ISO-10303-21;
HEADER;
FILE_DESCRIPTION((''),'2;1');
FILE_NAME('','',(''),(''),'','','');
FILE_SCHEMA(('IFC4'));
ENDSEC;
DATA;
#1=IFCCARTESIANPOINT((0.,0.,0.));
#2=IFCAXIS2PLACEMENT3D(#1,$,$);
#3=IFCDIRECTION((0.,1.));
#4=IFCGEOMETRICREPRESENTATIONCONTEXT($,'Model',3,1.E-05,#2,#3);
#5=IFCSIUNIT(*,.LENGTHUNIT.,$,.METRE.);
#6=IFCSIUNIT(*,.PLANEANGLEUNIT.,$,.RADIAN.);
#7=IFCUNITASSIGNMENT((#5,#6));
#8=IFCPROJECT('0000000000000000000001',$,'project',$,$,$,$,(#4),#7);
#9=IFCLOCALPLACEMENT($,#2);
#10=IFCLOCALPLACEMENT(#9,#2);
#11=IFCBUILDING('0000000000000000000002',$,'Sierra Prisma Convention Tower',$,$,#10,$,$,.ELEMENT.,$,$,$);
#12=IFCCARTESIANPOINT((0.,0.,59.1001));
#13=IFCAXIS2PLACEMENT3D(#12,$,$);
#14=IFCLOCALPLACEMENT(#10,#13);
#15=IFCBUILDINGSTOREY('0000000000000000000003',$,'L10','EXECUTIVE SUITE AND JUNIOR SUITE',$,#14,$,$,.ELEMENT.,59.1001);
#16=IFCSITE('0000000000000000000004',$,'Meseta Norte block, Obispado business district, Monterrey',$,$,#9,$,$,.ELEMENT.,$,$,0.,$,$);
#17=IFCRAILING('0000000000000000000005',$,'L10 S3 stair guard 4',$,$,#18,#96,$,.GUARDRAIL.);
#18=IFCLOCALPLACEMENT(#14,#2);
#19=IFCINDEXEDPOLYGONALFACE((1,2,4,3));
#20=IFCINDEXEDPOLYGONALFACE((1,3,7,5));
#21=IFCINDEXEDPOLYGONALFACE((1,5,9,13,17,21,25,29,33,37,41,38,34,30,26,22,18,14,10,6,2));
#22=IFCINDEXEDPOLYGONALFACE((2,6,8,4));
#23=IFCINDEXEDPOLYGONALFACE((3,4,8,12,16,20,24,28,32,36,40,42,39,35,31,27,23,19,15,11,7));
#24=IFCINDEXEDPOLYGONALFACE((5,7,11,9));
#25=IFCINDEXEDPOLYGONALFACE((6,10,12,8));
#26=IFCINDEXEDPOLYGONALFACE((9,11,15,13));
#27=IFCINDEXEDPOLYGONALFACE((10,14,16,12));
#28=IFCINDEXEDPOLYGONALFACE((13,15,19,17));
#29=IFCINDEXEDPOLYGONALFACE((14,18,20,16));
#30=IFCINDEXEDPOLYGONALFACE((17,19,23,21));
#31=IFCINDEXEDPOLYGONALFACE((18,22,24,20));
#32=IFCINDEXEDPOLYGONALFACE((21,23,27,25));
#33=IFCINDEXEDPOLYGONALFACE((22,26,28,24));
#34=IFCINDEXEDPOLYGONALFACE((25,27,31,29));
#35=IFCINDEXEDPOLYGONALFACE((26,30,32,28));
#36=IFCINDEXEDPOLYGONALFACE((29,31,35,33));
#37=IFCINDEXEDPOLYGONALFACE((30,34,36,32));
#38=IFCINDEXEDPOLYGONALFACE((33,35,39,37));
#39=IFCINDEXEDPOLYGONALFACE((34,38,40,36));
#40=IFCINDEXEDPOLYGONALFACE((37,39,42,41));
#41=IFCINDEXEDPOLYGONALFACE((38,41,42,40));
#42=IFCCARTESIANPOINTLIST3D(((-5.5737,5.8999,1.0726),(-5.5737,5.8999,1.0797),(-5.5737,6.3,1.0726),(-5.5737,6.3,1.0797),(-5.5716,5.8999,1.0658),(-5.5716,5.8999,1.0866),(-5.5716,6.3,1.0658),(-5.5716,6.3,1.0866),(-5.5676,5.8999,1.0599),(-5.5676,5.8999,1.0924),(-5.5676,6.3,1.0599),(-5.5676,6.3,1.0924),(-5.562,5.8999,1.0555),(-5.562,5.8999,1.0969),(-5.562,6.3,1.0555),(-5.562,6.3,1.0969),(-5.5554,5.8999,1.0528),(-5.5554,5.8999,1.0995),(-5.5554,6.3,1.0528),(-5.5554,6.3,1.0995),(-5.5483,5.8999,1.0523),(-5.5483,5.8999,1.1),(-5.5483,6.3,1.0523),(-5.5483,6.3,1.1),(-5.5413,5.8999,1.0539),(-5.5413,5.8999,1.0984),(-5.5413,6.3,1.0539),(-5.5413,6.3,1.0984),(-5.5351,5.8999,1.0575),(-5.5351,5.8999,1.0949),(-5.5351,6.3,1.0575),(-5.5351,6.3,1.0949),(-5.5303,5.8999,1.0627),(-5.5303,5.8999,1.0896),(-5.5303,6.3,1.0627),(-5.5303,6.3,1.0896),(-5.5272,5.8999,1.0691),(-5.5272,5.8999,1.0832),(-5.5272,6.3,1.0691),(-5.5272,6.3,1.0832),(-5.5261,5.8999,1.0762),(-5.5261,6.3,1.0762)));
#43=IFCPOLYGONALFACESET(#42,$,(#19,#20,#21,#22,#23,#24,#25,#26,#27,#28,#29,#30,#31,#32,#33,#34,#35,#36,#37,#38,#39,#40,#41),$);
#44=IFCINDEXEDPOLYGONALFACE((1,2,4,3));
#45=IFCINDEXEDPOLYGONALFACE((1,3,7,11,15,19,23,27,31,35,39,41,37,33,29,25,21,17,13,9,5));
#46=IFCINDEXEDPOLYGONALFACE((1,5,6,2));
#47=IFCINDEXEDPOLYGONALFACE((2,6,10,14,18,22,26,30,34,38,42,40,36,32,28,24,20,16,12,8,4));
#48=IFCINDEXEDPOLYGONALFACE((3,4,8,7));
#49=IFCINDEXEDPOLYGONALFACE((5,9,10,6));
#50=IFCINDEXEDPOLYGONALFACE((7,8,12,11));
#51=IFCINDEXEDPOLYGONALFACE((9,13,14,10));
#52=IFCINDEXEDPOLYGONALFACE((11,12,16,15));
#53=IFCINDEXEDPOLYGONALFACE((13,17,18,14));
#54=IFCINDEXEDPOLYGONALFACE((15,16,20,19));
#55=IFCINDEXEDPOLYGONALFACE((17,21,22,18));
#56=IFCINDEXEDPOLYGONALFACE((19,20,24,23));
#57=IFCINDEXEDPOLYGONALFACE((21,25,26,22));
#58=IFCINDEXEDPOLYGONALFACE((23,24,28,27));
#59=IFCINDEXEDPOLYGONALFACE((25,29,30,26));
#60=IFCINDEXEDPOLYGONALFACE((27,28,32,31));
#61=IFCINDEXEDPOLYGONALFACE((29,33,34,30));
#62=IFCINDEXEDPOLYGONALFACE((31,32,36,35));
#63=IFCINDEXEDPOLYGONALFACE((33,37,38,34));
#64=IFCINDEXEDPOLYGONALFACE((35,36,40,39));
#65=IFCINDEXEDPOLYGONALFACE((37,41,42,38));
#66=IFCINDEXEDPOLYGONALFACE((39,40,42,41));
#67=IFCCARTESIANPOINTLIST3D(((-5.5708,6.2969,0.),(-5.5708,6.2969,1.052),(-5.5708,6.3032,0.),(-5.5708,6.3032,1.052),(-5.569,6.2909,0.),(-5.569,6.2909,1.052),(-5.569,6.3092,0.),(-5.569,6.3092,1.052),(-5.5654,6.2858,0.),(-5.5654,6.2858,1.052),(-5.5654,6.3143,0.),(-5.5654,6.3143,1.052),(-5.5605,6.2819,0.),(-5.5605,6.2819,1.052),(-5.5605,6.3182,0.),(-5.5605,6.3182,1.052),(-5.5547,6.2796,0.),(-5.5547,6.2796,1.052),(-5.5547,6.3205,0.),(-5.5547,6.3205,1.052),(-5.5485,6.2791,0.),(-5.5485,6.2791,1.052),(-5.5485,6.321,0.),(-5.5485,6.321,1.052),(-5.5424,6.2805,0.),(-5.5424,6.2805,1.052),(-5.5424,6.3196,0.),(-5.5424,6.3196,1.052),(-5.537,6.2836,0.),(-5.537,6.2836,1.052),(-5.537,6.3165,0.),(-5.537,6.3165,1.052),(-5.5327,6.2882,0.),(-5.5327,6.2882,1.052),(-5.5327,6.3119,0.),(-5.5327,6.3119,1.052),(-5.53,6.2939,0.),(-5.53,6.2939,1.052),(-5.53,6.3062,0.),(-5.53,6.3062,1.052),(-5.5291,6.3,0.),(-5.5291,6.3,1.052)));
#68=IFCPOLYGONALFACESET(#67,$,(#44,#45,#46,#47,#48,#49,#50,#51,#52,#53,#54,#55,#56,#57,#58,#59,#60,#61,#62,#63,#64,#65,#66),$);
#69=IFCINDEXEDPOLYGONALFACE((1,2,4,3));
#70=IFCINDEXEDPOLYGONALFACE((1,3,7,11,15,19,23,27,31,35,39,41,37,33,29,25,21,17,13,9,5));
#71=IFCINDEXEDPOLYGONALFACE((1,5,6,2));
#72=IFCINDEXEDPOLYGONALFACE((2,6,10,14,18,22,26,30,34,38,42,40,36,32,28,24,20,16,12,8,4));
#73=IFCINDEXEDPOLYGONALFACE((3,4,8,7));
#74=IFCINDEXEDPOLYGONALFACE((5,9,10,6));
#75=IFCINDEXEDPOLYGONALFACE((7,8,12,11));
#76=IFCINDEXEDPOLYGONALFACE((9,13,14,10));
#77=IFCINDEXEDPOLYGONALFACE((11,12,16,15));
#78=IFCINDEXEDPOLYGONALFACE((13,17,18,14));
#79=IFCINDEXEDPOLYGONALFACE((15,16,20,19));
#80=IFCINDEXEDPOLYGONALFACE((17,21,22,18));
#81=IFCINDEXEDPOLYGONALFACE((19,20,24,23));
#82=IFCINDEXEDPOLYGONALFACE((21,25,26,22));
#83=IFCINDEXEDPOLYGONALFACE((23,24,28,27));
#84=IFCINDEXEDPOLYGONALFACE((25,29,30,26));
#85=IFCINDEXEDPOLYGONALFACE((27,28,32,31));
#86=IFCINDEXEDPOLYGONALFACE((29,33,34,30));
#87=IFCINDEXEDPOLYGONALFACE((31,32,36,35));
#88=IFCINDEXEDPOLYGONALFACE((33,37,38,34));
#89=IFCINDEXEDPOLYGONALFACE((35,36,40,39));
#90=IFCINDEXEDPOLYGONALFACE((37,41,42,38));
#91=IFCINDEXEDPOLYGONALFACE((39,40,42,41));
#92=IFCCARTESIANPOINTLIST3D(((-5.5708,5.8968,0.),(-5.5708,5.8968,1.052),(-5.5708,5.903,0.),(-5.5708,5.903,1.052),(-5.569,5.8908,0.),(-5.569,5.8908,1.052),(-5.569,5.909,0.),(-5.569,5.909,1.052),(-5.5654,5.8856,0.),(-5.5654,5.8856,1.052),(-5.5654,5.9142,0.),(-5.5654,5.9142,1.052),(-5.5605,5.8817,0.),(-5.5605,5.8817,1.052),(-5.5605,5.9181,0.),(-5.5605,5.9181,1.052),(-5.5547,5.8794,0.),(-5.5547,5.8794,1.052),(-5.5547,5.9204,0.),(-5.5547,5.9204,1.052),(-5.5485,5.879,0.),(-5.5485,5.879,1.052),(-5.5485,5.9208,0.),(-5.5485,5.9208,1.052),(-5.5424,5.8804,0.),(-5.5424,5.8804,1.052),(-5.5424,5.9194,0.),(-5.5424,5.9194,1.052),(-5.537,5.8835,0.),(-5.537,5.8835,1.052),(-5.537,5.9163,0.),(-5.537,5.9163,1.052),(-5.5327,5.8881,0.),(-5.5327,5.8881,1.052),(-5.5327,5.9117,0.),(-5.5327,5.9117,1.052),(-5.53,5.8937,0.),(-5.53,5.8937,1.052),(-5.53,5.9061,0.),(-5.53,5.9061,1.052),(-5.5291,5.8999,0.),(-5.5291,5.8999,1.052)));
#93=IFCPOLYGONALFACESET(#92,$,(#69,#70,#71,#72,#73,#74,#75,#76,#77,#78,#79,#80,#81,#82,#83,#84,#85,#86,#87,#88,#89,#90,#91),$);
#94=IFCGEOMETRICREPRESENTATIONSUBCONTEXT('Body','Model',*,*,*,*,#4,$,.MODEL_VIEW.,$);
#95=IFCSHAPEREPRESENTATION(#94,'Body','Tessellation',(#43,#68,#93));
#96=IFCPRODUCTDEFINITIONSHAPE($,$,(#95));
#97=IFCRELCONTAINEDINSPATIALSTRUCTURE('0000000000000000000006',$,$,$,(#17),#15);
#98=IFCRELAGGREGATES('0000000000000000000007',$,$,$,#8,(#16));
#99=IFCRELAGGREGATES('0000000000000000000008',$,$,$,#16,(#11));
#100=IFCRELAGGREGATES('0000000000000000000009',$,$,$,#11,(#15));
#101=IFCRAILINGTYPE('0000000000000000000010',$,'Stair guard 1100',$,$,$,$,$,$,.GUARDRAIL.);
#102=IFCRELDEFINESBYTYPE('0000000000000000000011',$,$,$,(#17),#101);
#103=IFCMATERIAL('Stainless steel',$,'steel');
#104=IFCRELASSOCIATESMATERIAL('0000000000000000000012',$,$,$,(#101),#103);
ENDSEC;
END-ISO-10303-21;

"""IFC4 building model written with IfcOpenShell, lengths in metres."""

from ifc_helpers import new_model, si_unit, direction, frame, origin, origin_2d, place, context, subcontext, project, spatial, circle, extrude, material, type_object, element, save


model = new_model("IFC4")

# Units and contexts
model_context = context("Model", 3, precision=1e-05, world=origin(), true_north=direction((0.0, 1.0)))
body_context = subcontext(model_context, "Body", "Model", "MODEL_VIEW")
ifc_project = project(units=[si_unit("LENGTHUNIT", "METRE"), si_unit("PLANEANGLEUNIT", "RADIAN")], contexts=[model_context])

# Site, building, storey
site_placement = place(None, origin())
site = spatial("IfcSite", under=ifc_project, at=site_placement, Name="Meseta Norte block, Obispado business district, Monterrey", CompositionType="ELEMENT", RefElevation=0.0)
building_placement = place(site_placement, origin())
building = spatial("IfcBuilding", under=site, at=building_placement, Name="Sierra Prisma Convention Tower", CompositionType="ELEMENT")
storey_placement = place(building_placement, frame((0.0, 0.0, 59.1001)))
storey = spatial("IfcBuildingStorey", under=building, at=storey_placement, Name="L10", Description="EXECUTIVE SUITE AND JUNIOR SUITE", CompositionType="ELEMENT", Elevation=59.1001)

# Railing
ifc_material_1 = material(Name="Stainless steel", Category="steel")
railing_type_1 = type_object("IfcRailingType", Name="Stair guard 1100", PredefinedType="GUARDRAIL", material=ifc_material_1)
railing_1_placement = place(storey_placement, frame((-5.55, 6.3, 0.0)))
element("IfcRailing", 1, at=railing_1_placement, inside=storey, type_object=railing_type_1, Name="L10 S3 stair guard 4", PredefinedType="GUARDRAIL", context=body_context, shape_type="SweptSolid", body=[
    extrude(circle(Radius=0.0239, at=origin_2d()), frame((0.0, 0.0, 1.0762), z_axis=(0.0, -1.0, 0.0), x_axis=(1.0, 0.0, 0.0)), (0.0, 0.0, 1.0), 0.4001),
    extrude(circle(Radius=0.021, at=origin_2d()), origin(), (0.0, 0.0, 1.0), 1.052),
    extrude(circle(Radius=0.021, at=origin_2d()), frame((0.0, -0.4001, 0.0)), (0.0, 0.0, 1.0), 1.052),
])

save(model, "model.ifc")
